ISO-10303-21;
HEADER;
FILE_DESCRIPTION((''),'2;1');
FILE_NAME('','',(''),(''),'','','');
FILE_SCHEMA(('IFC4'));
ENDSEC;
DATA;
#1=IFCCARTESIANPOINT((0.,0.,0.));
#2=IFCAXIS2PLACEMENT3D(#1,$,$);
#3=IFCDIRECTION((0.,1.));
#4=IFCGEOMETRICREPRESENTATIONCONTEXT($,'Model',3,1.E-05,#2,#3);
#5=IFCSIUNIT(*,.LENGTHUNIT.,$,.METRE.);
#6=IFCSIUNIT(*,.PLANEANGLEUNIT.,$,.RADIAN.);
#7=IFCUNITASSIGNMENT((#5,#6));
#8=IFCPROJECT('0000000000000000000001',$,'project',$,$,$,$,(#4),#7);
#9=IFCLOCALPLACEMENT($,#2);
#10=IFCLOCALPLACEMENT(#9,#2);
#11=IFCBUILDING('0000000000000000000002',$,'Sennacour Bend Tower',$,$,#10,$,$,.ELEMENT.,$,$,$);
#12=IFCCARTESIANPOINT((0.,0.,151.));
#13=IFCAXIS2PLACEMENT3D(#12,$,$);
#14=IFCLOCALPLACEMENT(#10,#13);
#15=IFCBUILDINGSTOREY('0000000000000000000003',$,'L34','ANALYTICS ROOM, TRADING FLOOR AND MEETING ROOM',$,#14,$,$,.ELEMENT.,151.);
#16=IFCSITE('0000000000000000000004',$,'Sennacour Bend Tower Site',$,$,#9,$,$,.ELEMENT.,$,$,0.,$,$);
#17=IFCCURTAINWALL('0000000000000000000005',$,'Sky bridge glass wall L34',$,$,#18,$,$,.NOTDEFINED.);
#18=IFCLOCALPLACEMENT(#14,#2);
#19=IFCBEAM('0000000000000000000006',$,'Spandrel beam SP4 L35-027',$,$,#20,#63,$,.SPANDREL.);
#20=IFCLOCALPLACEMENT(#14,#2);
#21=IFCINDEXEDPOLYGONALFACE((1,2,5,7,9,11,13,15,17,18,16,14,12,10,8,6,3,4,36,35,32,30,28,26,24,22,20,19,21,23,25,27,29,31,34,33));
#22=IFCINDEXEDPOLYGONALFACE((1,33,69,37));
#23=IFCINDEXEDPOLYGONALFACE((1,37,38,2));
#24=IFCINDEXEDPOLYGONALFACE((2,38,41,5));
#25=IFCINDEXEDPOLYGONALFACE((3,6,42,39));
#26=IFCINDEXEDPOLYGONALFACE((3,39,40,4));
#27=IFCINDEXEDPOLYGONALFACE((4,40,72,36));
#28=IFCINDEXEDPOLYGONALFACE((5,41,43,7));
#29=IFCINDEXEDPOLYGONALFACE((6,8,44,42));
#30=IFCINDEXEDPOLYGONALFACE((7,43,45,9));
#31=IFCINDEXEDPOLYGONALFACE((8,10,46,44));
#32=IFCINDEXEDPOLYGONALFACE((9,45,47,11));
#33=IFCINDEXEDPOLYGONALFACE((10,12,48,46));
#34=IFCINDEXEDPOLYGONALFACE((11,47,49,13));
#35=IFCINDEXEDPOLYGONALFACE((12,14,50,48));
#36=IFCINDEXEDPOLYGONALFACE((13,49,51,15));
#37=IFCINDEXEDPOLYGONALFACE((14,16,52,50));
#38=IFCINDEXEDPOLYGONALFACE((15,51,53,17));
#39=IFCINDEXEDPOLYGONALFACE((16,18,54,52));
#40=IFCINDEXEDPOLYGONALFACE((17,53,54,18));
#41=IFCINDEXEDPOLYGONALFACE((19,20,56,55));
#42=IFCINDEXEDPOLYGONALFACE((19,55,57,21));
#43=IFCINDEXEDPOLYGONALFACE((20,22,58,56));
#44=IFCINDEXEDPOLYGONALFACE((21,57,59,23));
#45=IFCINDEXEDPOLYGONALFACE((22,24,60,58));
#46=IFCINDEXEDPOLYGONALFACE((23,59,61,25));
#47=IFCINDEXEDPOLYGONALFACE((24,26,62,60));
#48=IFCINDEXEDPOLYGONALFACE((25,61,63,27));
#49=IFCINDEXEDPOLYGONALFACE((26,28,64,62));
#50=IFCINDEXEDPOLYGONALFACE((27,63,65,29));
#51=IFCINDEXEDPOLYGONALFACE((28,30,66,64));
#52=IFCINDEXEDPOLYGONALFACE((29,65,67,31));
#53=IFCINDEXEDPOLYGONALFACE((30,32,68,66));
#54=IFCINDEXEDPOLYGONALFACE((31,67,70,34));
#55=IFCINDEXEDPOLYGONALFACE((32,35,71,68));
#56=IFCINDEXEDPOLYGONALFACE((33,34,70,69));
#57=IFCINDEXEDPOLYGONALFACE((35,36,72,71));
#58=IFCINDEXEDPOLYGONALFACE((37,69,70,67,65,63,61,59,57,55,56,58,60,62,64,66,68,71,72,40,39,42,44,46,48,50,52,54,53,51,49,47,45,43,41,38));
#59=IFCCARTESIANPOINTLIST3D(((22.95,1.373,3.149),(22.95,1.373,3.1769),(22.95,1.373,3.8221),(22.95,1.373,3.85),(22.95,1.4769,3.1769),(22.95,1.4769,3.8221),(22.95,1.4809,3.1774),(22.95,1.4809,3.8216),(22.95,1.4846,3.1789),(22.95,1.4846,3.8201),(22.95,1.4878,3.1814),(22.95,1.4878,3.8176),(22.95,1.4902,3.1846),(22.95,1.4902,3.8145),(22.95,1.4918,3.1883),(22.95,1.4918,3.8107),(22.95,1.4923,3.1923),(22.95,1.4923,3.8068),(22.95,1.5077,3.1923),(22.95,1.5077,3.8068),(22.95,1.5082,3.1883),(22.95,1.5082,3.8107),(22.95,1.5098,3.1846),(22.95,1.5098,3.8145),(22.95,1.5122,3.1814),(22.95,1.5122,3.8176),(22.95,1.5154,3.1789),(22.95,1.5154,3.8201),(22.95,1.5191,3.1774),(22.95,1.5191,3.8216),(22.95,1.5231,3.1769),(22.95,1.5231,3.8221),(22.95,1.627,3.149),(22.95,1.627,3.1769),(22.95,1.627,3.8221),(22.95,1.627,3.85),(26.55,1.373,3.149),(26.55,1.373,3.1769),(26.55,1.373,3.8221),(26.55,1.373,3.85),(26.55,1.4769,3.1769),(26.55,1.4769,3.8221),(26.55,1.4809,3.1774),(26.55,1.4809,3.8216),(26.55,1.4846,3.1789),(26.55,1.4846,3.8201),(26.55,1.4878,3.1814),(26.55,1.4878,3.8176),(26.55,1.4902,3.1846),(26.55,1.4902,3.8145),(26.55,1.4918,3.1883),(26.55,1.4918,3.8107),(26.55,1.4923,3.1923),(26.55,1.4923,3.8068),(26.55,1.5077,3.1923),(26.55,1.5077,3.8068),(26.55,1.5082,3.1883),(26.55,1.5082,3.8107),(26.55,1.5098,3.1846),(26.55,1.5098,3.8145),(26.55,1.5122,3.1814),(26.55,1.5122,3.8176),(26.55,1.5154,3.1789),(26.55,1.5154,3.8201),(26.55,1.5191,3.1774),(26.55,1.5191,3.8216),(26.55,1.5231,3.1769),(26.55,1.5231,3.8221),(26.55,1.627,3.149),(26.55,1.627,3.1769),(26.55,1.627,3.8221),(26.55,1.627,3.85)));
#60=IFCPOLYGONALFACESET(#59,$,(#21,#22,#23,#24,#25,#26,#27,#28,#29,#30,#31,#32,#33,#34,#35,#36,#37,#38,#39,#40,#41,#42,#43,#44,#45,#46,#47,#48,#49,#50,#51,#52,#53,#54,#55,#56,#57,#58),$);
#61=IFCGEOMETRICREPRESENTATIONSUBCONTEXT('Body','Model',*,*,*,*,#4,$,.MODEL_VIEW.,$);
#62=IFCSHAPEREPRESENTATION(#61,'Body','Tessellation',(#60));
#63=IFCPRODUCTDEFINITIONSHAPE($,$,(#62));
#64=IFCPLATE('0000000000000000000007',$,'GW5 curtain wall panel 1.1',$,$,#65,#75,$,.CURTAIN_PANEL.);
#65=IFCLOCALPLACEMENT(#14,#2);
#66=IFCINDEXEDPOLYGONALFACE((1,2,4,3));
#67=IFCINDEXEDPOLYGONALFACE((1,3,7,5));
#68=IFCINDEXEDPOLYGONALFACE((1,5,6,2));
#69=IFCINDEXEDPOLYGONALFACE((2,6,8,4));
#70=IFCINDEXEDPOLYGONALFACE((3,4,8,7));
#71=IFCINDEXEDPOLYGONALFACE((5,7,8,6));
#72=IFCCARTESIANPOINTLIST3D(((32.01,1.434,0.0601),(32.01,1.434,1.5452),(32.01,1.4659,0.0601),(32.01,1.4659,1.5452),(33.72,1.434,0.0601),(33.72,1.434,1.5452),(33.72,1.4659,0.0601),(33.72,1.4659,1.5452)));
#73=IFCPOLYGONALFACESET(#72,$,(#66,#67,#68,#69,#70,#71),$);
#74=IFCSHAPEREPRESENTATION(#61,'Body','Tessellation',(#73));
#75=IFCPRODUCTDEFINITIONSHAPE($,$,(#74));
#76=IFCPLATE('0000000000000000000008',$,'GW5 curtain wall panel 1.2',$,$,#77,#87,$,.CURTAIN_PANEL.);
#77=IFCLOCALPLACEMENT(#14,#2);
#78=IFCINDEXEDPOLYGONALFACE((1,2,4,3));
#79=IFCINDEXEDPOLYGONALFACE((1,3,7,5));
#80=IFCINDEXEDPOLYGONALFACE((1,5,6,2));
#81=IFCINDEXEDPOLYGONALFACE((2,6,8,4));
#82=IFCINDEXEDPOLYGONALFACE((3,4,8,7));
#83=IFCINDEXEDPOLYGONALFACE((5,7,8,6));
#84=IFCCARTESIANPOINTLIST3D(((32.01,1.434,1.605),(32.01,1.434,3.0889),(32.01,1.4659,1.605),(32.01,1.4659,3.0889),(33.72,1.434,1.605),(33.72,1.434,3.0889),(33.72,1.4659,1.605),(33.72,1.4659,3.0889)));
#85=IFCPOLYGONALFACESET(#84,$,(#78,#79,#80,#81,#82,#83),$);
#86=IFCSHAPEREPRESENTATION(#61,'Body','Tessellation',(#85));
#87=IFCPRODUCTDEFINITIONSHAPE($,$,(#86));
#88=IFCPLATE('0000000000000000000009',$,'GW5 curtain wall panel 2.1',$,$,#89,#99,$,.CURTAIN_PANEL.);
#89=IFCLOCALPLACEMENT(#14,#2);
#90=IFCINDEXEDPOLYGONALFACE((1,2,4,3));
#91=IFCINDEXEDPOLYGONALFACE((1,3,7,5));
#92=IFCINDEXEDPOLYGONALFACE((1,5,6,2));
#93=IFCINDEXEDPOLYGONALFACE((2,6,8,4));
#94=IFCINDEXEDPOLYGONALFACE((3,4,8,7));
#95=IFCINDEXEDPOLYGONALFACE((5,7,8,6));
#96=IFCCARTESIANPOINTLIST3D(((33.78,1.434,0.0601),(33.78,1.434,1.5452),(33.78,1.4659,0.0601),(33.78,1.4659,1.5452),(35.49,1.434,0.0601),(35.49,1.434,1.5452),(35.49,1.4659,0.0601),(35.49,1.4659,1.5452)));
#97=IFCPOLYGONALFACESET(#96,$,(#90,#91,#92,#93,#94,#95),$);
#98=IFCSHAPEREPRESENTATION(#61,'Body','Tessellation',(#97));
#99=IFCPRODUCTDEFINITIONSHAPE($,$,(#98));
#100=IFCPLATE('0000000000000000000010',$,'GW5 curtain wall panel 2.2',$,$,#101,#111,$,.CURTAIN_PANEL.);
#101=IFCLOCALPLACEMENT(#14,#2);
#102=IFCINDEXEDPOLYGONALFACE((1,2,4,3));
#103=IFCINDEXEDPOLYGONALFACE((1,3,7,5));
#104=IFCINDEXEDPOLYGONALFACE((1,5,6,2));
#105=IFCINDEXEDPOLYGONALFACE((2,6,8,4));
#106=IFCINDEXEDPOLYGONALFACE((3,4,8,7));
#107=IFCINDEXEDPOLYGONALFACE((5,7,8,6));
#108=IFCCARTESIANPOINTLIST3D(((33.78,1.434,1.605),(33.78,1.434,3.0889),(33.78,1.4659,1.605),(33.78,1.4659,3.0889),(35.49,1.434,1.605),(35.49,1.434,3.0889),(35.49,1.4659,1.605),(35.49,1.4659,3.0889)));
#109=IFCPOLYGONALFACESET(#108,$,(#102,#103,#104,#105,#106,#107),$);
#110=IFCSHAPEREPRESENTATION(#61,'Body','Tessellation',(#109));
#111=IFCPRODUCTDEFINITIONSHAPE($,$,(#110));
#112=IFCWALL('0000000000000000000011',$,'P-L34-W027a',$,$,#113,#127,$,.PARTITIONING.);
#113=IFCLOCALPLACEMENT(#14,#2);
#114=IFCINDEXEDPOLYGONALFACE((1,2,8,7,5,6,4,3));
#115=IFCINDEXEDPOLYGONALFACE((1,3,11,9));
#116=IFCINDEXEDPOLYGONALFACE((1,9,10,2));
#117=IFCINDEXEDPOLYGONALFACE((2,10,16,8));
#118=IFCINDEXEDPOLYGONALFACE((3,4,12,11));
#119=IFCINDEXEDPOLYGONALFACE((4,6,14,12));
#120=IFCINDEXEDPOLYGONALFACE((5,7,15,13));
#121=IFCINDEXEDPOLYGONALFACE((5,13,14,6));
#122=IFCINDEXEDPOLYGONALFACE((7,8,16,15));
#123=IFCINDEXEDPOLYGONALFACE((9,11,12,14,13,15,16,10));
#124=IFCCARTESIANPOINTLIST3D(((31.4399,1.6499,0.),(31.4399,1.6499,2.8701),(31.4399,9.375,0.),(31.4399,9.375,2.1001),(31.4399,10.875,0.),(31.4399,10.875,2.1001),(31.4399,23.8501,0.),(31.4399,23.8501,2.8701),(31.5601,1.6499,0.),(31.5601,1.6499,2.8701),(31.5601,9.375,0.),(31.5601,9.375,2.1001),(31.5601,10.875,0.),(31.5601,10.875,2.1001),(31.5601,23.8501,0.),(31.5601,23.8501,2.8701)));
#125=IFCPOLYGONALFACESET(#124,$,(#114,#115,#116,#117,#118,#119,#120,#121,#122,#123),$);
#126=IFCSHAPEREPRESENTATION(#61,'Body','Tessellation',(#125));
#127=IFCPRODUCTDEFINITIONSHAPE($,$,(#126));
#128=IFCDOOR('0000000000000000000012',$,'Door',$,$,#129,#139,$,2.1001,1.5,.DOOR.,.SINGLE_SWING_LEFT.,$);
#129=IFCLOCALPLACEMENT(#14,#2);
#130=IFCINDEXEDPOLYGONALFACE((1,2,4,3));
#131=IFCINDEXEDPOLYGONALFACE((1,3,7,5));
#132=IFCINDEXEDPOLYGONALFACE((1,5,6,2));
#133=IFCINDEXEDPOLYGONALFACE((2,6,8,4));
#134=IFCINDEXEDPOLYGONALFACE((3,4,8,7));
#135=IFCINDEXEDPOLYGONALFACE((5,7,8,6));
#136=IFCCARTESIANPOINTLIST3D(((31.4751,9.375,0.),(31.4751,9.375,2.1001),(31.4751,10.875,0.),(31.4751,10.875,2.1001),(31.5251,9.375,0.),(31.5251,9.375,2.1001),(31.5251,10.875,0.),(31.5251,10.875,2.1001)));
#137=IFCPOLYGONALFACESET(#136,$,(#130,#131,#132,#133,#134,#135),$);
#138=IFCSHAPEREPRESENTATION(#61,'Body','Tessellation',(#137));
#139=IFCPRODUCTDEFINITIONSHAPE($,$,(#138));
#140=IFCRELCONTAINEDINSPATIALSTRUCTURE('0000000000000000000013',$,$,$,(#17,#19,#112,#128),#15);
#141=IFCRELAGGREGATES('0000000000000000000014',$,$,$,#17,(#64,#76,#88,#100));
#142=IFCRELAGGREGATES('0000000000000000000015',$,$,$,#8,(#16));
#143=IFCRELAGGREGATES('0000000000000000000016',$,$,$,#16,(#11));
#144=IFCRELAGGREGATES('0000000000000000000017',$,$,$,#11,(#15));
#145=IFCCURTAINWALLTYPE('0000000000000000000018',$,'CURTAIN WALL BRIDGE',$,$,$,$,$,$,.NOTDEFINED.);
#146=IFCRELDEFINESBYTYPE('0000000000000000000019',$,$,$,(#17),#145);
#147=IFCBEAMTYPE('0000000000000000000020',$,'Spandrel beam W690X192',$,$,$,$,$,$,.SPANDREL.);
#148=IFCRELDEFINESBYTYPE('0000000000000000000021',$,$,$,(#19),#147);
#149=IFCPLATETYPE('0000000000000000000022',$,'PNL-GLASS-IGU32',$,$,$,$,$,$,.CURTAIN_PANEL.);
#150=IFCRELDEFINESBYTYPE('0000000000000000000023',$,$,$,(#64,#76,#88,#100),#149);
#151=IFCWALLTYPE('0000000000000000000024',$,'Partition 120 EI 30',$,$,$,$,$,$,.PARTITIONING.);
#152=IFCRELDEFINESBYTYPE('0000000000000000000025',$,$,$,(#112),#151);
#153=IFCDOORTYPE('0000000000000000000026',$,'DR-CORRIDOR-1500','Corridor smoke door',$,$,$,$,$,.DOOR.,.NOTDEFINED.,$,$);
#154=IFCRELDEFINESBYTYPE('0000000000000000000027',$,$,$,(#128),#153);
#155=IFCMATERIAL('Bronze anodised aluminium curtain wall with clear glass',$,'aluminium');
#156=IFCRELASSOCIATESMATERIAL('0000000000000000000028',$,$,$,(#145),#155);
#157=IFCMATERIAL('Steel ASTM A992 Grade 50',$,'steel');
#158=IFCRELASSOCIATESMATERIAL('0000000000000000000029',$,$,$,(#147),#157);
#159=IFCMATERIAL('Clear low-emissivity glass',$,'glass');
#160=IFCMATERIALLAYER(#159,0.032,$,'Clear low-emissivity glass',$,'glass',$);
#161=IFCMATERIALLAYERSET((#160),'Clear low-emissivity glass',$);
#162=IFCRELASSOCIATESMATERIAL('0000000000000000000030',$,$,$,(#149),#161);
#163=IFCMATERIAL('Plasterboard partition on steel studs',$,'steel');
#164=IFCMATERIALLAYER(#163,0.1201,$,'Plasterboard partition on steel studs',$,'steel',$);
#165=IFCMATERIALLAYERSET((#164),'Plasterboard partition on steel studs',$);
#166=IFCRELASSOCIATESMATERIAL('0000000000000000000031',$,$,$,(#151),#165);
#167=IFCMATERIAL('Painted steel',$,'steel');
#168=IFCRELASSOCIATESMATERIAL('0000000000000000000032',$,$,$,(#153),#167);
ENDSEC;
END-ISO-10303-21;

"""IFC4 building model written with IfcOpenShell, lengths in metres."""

from ifc_helpers import new_model, si_unit, direction, frame, frame_2d, origin, origin_2d, place, context, subcontext, project, spatial, rectangle, i_section, extrude, material, layer, layer_set, material_profile, profile_set, type_object, element, fill, aggregate, save


model = new_model("IFC4")

# Units and contexts
model_context = context("Model", 3, precision=1e-05, world=origin(), true_north=direction((0.0, 1.0)))
body_context = subcontext(model_context, "Body", "Model", "MODEL_VIEW")
ifc_project = project(units=[si_unit("LENGTHUNIT", "METRE"), si_unit("PLANEANGLEUNIT", "RADIAN")], contexts=[model_context])

# Site, building, storey
site_placement = place(None, origin())
site = spatial("IfcSite", under=ifc_project, at=site_placement, Name="Sennacour Bend Tower Site", CompositionType="ELEMENT", RefElevation=0.0)
building_placement = place(site_placement, origin())
building = spatial("IfcBuilding", under=site, at=building_placement, Name="Sennacour Bend Tower", CompositionType="ELEMENT")
storey_placement = place(building_placement, frame((0.0, 0.0, 151.0)))
storey = spatial("IfcBuildingStorey", under=building, at=storey_placement, Name="L34", Description="ANALYTICS ROOM, TRADING FLOOR AND MEETING ROOM", CompositionType="ELEMENT", Elevation=151.0)

# Curtain wall
ifc_material_1 = material(Name="Bronze anodised aluminium curtain wall with clear glass", Category="aluminium")
curtain_wall_type = type_object("IfcCurtainWallType", Name="CURTAIN WALL BRIDGE", PredefinedType="NOTDEFINED", material=ifc_material_1)
curtain_wall_1_placement = place(storey_placement, origin())
curtain_wall_1 = element("IfcCurtainWall", 1, at=curtain_wall_1_placement, inside=storey, type_object=curtain_wall_type, Name="Sky bridge glass wall L34", PredefinedType="NOTDEFINED")

# Beam
ifc_material_2 = material(Name="Steel ASTM A992 Grade 50", Category="steel")
ifc_material_profile_1 = material_profile(ifc_material_2, i_section(OverallWidth=0.2539, OverallDepth=0.7009, WebThickness=0.0154, FlangeThickness=0.0278, FilletRadius=0.0154, at=origin_2d()), Name="Steel ASTM A992 Grade 50", Category="steel")
ifc_profile_set_1 = profile_set([ifc_material_profile_1], Name="Steel ASTM A992 Grade 50")
beam_type_1 = type_object("IfcBeamType", Name="Spandrel beam W690X192", PredefinedType="SPANDREL", material=ifc_profile_set_1)
for number, where, z_axis, x_axis, name in (
    (2, (26.55, 1.5, 3.4995), (-1.0, 0.0, 0.0), (0.0, -1.0, 0.0), "Spandrel beam SP4 L35-027"),
):
    element("IfcBeam", number, at=place(storey_placement, frame(where, z_axis=z_axis, x_axis=x_axis)), inside=storey, type_object=beam_type_1, Name=name, PredefinedType="SPANDREL", context=body_context, shape_type="SweptSolid", body=[
        extrude(i_section(OverallWidth=0.2539, OverallDepth=0.7009, WebThickness=0.0154, FlangeThickness=0.0278, FilletRadius=0.0154, at=origin_2d()), origin(), (0.0, 0.0, 1.0), 3.6001),
    ])

# Plates
ifc_material_3 = material(Name="Clear low-emissivity glass", Category="glass")
ifc_layer_1 = layer(ifc_material_3, 0.032, Name="Clear low-emissivity glass", Category="glass")
ifc_layer_set_1 = layer_set([ifc_layer_1], Name="Clear low-emissivity glass")
plate_type = type_object("IfcPlateType", Name="PNL-GLASS-IGU32", PredefinedType="CURTAIN_PANEL", material=ifc_layer_set_1)
plate_1_placement = place(storey_placement, frame((32.865, 1.45, 0.0601), z_axis=(0.0, 0.0, 1.0), x_axis=(1.0, 0.0, 0.0)))
plate_1 = element("IfcPlate", 3, at=plate_1_placement, type_object=plate_type, Name="GW5 curtain wall panel 1.1", PredefinedType="CURTAIN_PANEL", context=body_context, shape_type="SweptSolid", body=[
    extrude(rectangle(XDim=1.71, YDim=0.032, at=origin_2d()), origin(), (0.0, 0.0, 1.0), 1.4851),
])
plate_2_placement = place(storey_placement, frame((32.865, 1.45, 1.605), z_axis=(0.0, 0.0, 1.0), x_axis=(1.0, 0.0, 0.0)))
plate_2 = element("IfcPlate", 4, at=plate_2_placement, type_object=plate_type, Name="GW5 curtain wall panel 1.2", PredefinedType="CURTAIN_PANEL", context=body_context, shape_type="SweptSolid", body=[
    extrude(rectangle(XDim=1.71, YDim=0.032, at=origin_2d()), origin(), (0.0, 0.0, 1.0), 1.4839),
])
plate_3_placement = place(storey_placement, frame((34.635, 1.45, 0.0601), z_axis=(0.0, 0.0, 1.0), x_axis=(1.0, 0.0, 0.0)))
plate_3 = element("IfcPlate", 5, at=plate_3_placement, type_object=plate_type, Name="GW5 curtain wall panel 2.1", PredefinedType="CURTAIN_PANEL", context=body_context, shape_type="SweptSolid", body=[
    extrude(rectangle(XDim=1.71, YDim=0.032, at=origin_2d()), origin(), (0.0, 0.0, 1.0), 1.4851),
])
plate_4_placement = place(storey_placement, frame((34.635, 1.45, 1.605), z_axis=(0.0, 0.0, 1.0), x_axis=(1.0, 0.0, 0.0)))
plate_4 = element("IfcPlate", 6, at=plate_4_placement, type_object=plate_type, Name="GW5 curtain wall panel 2.2", PredefinedType="CURTAIN_PANEL", context=body_context, shape_type="SweptSolid", body=[
    extrude(rectangle(XDim=1.71, YDim=0.032, at=origin_2d()), origin(), (0.0, 0.0, 1.0), 1.4839),
])
aggregate(curtain_wall_1, [plate_1, plate_2, plate_3, plate_4])

# Wall, opening, door
ifc_material_4 = material(Name="Plasterboard partition on steel studs", Category="steel")
ifc_layer_2 = layer(ifc_material_4, 0.1201, Name="Plasterboard partition on steel studs", Category="steel")
ifc_layer_set_2 = layer_set([ifc_layer_2], Name="Plasterboard partition on steel studs")
wall_type_1 = type_object("IfcWallType", Name="Partition 120 EI 30", PredefinedType="PARTITIONING", material=ifc_layer_set_2)
wall_1_placement = place(storey_placement, frame((31.5, 1.6499, 0.0), z_axis=(0.0, 0.0, 1.0), x_axis=(0.0, 1.0, 0.0)))
wall_1 = element("IfcWall", 7, at=wall_1_placement, inside=storey, type_object=wall_type_1, Name="P-L34-W027a", PredefinedType="PARTITIONING", context=body_context, shape_type="SweptSolid", body=[
    extrude(rectangle(XDim=22.2002, YDim=0.1201, at=frame_2d((11.1001, 0.0))), origin(), (0.0, 0.0, 1.0), 2.8701),
])
opening_1_placement = place(wall_1_placement, frame((7.7251, 0.0, 0.0)))
opening_1 = element("IfcOpeningElement", 8, at=opening_1_placement, cuts=wall_1, PredefinedType="OPENING", context=body_context, shape_type="SweptSolid", body=[
    extrude(rectangle(XDim=1.5, YDim=2.1001, at=frame_2d((0.75, 1.05))), frame((0.0, 0.0701, 0.0), z_axis=(0.0, -1.0, 0.0), x_axis=(1.0, 0.0, 0.0)), (0.0, 0.0, 1.0), 0.1401),
])
ifc_material_5 = material(Name="Painted steel", Category="steel")
door_type = type_object("IfcDoorType", Name="DR-CORRIDOR-1500", Description="Corridor smoke door", OperationType="NOTDEFINED", PredefinedType="DOOR", material=ifc_material_5)
door_placement = place(opening_1_placement, origin())
door = element("IfcDoor", 9, at=door_placement, inside=storey, type_object=door_type, Name="Door", OperationType="SINGLE_SWING_LEFT", OverallHeight=2.1001, OverallWidth=1.5, PredefinedType="DOOR", context=body_context, shape_type="SweptSolid", body=[
    extrude(rectangle(XDim=1.5, YDim=2.1001, at=frame_2d((0.75, 1.05))), frame((0.0, 0.0249, 0.0), z_axis=(0.0, -1.0, 0.0), x_axis=(1.0, 0.0, 0.0)), (0.0, 0.0, 1.0), 0.05),
])
fill(opening_1, door)

save(model, "model.ifc")
